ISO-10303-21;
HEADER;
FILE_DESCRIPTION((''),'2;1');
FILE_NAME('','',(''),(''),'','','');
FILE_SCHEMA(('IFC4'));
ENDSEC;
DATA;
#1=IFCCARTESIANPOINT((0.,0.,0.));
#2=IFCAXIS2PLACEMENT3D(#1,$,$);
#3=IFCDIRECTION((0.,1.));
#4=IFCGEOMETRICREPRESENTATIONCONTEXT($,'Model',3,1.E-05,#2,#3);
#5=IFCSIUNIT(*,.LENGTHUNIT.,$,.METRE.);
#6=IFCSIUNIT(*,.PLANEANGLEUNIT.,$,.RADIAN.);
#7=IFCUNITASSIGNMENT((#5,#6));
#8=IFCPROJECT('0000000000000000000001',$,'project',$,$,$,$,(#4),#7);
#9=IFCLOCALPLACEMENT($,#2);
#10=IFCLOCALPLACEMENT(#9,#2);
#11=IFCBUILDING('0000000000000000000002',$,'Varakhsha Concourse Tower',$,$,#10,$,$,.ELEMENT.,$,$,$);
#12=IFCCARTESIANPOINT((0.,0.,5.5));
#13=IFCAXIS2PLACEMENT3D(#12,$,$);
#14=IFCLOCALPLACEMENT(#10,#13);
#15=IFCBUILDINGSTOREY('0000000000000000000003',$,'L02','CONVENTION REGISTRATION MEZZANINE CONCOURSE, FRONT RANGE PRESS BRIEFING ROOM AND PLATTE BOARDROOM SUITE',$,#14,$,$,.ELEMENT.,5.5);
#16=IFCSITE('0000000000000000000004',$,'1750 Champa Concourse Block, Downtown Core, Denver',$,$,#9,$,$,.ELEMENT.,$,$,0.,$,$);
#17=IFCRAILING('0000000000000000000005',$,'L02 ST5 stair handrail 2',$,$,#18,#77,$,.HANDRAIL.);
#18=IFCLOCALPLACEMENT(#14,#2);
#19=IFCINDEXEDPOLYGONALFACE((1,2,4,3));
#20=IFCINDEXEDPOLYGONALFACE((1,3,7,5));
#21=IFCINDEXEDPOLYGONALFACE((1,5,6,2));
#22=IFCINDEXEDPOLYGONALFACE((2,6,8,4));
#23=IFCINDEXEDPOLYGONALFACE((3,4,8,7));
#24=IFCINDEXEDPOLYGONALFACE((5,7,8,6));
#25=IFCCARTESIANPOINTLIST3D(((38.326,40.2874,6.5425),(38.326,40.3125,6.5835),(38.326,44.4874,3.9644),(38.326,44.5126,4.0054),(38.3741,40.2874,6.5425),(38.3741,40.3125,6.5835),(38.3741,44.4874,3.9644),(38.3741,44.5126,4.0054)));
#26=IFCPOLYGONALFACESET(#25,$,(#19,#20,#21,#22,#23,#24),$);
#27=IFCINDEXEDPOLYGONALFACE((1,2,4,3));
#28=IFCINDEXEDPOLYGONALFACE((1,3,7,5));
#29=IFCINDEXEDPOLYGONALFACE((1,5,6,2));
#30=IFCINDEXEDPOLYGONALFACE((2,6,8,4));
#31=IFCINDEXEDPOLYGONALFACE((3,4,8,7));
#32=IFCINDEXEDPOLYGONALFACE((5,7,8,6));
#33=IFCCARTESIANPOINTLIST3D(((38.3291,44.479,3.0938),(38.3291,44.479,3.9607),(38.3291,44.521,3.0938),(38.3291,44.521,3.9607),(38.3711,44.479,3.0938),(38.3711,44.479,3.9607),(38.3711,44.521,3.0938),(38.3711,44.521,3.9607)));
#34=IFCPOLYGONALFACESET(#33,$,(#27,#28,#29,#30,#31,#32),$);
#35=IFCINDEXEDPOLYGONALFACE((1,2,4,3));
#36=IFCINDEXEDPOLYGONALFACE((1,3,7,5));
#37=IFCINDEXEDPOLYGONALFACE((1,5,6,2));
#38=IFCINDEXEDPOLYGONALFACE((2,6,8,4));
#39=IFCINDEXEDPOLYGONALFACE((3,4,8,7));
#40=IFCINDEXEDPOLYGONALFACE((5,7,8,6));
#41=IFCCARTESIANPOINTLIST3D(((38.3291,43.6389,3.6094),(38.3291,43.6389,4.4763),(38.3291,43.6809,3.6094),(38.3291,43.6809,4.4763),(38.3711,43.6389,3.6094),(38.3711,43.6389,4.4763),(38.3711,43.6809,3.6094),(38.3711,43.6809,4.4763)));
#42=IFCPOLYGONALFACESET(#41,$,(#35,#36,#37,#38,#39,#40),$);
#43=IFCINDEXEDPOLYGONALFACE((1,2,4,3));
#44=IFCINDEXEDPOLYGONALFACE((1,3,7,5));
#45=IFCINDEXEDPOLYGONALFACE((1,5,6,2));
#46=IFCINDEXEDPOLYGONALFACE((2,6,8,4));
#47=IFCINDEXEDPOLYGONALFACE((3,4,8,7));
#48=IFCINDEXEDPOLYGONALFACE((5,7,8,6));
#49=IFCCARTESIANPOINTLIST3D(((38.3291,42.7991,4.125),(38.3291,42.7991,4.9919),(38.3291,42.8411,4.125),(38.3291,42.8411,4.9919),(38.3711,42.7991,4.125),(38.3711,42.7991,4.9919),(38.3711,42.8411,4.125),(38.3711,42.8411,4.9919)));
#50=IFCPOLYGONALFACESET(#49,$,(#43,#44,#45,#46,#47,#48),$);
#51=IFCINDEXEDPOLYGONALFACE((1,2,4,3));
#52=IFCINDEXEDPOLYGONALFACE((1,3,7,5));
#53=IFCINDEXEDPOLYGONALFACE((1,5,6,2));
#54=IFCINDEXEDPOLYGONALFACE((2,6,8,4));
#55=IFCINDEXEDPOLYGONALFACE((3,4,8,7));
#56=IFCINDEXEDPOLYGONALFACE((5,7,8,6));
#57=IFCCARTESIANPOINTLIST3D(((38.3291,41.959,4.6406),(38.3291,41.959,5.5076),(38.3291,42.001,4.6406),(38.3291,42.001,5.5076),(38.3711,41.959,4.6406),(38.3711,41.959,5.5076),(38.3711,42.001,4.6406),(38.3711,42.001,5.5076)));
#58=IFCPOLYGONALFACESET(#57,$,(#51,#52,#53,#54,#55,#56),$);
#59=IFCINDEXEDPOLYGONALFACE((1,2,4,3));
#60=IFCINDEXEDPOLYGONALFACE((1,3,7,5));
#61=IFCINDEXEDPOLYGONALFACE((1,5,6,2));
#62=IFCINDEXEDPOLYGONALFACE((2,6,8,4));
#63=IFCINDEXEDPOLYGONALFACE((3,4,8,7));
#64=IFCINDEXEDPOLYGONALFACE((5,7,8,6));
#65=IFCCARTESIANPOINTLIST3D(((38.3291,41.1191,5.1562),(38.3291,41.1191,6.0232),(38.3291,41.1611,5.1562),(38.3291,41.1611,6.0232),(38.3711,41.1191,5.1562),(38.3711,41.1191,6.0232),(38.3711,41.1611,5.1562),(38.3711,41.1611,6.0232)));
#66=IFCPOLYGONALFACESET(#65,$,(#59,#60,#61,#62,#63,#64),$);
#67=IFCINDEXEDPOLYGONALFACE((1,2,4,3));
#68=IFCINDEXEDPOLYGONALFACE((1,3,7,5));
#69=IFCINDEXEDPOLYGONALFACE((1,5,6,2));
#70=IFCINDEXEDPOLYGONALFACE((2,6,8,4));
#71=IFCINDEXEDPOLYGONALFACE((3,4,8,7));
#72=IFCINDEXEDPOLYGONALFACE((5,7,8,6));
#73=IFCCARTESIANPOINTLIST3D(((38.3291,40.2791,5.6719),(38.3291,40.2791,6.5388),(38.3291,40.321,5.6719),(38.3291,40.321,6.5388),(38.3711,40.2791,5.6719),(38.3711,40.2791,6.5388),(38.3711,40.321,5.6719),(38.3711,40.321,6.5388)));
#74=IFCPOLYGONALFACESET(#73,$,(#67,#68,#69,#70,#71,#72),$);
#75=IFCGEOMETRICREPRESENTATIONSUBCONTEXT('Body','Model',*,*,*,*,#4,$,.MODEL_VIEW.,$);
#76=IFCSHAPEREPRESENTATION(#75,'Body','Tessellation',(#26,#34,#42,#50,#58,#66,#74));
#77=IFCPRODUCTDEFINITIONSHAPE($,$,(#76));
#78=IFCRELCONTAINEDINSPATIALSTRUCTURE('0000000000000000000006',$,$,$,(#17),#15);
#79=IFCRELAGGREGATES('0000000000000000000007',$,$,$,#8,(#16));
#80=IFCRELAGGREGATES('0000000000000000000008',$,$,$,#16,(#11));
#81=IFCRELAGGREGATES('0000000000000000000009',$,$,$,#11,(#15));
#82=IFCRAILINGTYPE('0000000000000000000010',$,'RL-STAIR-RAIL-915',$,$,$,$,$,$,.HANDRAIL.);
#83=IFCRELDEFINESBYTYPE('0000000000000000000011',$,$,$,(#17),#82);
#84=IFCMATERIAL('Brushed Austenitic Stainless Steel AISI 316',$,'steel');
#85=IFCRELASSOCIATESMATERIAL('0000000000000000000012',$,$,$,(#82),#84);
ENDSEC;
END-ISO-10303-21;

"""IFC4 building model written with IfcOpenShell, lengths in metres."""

from ifc_helpers import new_model, si_unit, direction, frame, origin, origin_2d, place, context, subcontext, project, spatial, rectangle, extrude, material, type_object, element, save


model = new_model("IFC4")

# Units and contexts
model_context = context("Model", 3, precision=1e-05, world=origin(), true_north=direction((0.0, 1.0)))
body_context = subcontext(model_context, "Body", "Model", "MODEL_VIEW")
ifc_project = project(units=[si_unit("LENGTHUNIT", "METRE"), si_unit("PLANEANGLEUNIT", "RADIAN")], contexts=[model_context])

# Site, building, storey
site_placement = place(None, origin())
site = spatial("IfcSite", under=ifc_project, at=site_placement, Name="1750 Champa Concourse Block, Downtown Core, Denver", CompositionType="ELEMENT", RefElevation=0.0)
building_placement = place(site_placement, origin())
building = spatial("IfcBuilding", under=site, at=building_placement, Name="Varakhsha Concourse Tower", CompositionType="ELEMENT")
storey_placement = place(building_placement, frame((0.0, 0.0, 5.5)))
storey = spatial("IfcBuildingStorey", under=building, at=storey_placement, Name="L02", Description="CONVENTION REGISTRATION MEZZANINE CONCOURSE, FRONT RANGE PRESS BRIEFING ROOM AND PLATTE BOARDROOM SUITE", CompositionType="ELEMENT", Elevation=5.5)

# Railing
ifc_material_1 = material(Name="Brushed Austenitic Stainless Steel AISI 316", Category="steel")
railing_type_1 = type_object("IfcRailingType", Name="RL-STAIR-RAIL-915", PredefinedType="HANDRAIL", material=ifc_material_1)
railing_1_placement = place(storey_placement, frame((38.3501, 44.5, 3.0938)))
element("IfcRailing", 1, at=railing_1_placement, inside=storey, type_object=railing_type_1, Name="L02 ST5 stair handrail 2", PredefinedType="HANDRAIL", context=body_context, shape_type="SweptSolid", body=[
    extrude(rectangle(XDim=0.0481, YDim=0.0481, at=origin_2d()), frame((0.0, 0.0, 0.8911), z_axis=(0.0, -0.852243, 0.523146), x_axis=(1.0, 0.0, 0.0)), (0.0, 0.0, 1.0), 4.9282),
    extrude(rectangle(XDim=0.042, YDim=0.042, at=origin_2d()), origin(), (0.0, 0.0, 1.0), 0.8669),
    extrude(rectangle(XDim=0.042, YDim=0.042, at=origin_2d()), frame((0.0, -0.8401, 0.5156)), (0.0, 0.0, 1.0), 0.8669),
    extrude(rectangle(XDim=0.042, YDim=0.042, at=origin_2d()), frame((0.0, -1.6799, 1.0312)), (0.0, 0.0, 1.0), 0.8669),
    extrude(rectangle(XDim=0.042, YDim=0.042, at=origin_2d()), frame((0.0, -2.52, 1.5469)), (0.0, 0.0, 1.0), 0.8669),
    extrude(rectangle(XDim=0.042, YDim=0.042, at=origin_2d()), frame((0.0, -3.3599, 2.0625)), (0.0, 0.0, 1.0), 0.8669),
    extrude(rectangle(XDim=0.042, YDim=0.042, at=origin_2d()), frame((0.0, -4.2, 2.5781)), (0.0, 0.0, 1.0), 0.8669),
])

save(model, "model.ifc")
